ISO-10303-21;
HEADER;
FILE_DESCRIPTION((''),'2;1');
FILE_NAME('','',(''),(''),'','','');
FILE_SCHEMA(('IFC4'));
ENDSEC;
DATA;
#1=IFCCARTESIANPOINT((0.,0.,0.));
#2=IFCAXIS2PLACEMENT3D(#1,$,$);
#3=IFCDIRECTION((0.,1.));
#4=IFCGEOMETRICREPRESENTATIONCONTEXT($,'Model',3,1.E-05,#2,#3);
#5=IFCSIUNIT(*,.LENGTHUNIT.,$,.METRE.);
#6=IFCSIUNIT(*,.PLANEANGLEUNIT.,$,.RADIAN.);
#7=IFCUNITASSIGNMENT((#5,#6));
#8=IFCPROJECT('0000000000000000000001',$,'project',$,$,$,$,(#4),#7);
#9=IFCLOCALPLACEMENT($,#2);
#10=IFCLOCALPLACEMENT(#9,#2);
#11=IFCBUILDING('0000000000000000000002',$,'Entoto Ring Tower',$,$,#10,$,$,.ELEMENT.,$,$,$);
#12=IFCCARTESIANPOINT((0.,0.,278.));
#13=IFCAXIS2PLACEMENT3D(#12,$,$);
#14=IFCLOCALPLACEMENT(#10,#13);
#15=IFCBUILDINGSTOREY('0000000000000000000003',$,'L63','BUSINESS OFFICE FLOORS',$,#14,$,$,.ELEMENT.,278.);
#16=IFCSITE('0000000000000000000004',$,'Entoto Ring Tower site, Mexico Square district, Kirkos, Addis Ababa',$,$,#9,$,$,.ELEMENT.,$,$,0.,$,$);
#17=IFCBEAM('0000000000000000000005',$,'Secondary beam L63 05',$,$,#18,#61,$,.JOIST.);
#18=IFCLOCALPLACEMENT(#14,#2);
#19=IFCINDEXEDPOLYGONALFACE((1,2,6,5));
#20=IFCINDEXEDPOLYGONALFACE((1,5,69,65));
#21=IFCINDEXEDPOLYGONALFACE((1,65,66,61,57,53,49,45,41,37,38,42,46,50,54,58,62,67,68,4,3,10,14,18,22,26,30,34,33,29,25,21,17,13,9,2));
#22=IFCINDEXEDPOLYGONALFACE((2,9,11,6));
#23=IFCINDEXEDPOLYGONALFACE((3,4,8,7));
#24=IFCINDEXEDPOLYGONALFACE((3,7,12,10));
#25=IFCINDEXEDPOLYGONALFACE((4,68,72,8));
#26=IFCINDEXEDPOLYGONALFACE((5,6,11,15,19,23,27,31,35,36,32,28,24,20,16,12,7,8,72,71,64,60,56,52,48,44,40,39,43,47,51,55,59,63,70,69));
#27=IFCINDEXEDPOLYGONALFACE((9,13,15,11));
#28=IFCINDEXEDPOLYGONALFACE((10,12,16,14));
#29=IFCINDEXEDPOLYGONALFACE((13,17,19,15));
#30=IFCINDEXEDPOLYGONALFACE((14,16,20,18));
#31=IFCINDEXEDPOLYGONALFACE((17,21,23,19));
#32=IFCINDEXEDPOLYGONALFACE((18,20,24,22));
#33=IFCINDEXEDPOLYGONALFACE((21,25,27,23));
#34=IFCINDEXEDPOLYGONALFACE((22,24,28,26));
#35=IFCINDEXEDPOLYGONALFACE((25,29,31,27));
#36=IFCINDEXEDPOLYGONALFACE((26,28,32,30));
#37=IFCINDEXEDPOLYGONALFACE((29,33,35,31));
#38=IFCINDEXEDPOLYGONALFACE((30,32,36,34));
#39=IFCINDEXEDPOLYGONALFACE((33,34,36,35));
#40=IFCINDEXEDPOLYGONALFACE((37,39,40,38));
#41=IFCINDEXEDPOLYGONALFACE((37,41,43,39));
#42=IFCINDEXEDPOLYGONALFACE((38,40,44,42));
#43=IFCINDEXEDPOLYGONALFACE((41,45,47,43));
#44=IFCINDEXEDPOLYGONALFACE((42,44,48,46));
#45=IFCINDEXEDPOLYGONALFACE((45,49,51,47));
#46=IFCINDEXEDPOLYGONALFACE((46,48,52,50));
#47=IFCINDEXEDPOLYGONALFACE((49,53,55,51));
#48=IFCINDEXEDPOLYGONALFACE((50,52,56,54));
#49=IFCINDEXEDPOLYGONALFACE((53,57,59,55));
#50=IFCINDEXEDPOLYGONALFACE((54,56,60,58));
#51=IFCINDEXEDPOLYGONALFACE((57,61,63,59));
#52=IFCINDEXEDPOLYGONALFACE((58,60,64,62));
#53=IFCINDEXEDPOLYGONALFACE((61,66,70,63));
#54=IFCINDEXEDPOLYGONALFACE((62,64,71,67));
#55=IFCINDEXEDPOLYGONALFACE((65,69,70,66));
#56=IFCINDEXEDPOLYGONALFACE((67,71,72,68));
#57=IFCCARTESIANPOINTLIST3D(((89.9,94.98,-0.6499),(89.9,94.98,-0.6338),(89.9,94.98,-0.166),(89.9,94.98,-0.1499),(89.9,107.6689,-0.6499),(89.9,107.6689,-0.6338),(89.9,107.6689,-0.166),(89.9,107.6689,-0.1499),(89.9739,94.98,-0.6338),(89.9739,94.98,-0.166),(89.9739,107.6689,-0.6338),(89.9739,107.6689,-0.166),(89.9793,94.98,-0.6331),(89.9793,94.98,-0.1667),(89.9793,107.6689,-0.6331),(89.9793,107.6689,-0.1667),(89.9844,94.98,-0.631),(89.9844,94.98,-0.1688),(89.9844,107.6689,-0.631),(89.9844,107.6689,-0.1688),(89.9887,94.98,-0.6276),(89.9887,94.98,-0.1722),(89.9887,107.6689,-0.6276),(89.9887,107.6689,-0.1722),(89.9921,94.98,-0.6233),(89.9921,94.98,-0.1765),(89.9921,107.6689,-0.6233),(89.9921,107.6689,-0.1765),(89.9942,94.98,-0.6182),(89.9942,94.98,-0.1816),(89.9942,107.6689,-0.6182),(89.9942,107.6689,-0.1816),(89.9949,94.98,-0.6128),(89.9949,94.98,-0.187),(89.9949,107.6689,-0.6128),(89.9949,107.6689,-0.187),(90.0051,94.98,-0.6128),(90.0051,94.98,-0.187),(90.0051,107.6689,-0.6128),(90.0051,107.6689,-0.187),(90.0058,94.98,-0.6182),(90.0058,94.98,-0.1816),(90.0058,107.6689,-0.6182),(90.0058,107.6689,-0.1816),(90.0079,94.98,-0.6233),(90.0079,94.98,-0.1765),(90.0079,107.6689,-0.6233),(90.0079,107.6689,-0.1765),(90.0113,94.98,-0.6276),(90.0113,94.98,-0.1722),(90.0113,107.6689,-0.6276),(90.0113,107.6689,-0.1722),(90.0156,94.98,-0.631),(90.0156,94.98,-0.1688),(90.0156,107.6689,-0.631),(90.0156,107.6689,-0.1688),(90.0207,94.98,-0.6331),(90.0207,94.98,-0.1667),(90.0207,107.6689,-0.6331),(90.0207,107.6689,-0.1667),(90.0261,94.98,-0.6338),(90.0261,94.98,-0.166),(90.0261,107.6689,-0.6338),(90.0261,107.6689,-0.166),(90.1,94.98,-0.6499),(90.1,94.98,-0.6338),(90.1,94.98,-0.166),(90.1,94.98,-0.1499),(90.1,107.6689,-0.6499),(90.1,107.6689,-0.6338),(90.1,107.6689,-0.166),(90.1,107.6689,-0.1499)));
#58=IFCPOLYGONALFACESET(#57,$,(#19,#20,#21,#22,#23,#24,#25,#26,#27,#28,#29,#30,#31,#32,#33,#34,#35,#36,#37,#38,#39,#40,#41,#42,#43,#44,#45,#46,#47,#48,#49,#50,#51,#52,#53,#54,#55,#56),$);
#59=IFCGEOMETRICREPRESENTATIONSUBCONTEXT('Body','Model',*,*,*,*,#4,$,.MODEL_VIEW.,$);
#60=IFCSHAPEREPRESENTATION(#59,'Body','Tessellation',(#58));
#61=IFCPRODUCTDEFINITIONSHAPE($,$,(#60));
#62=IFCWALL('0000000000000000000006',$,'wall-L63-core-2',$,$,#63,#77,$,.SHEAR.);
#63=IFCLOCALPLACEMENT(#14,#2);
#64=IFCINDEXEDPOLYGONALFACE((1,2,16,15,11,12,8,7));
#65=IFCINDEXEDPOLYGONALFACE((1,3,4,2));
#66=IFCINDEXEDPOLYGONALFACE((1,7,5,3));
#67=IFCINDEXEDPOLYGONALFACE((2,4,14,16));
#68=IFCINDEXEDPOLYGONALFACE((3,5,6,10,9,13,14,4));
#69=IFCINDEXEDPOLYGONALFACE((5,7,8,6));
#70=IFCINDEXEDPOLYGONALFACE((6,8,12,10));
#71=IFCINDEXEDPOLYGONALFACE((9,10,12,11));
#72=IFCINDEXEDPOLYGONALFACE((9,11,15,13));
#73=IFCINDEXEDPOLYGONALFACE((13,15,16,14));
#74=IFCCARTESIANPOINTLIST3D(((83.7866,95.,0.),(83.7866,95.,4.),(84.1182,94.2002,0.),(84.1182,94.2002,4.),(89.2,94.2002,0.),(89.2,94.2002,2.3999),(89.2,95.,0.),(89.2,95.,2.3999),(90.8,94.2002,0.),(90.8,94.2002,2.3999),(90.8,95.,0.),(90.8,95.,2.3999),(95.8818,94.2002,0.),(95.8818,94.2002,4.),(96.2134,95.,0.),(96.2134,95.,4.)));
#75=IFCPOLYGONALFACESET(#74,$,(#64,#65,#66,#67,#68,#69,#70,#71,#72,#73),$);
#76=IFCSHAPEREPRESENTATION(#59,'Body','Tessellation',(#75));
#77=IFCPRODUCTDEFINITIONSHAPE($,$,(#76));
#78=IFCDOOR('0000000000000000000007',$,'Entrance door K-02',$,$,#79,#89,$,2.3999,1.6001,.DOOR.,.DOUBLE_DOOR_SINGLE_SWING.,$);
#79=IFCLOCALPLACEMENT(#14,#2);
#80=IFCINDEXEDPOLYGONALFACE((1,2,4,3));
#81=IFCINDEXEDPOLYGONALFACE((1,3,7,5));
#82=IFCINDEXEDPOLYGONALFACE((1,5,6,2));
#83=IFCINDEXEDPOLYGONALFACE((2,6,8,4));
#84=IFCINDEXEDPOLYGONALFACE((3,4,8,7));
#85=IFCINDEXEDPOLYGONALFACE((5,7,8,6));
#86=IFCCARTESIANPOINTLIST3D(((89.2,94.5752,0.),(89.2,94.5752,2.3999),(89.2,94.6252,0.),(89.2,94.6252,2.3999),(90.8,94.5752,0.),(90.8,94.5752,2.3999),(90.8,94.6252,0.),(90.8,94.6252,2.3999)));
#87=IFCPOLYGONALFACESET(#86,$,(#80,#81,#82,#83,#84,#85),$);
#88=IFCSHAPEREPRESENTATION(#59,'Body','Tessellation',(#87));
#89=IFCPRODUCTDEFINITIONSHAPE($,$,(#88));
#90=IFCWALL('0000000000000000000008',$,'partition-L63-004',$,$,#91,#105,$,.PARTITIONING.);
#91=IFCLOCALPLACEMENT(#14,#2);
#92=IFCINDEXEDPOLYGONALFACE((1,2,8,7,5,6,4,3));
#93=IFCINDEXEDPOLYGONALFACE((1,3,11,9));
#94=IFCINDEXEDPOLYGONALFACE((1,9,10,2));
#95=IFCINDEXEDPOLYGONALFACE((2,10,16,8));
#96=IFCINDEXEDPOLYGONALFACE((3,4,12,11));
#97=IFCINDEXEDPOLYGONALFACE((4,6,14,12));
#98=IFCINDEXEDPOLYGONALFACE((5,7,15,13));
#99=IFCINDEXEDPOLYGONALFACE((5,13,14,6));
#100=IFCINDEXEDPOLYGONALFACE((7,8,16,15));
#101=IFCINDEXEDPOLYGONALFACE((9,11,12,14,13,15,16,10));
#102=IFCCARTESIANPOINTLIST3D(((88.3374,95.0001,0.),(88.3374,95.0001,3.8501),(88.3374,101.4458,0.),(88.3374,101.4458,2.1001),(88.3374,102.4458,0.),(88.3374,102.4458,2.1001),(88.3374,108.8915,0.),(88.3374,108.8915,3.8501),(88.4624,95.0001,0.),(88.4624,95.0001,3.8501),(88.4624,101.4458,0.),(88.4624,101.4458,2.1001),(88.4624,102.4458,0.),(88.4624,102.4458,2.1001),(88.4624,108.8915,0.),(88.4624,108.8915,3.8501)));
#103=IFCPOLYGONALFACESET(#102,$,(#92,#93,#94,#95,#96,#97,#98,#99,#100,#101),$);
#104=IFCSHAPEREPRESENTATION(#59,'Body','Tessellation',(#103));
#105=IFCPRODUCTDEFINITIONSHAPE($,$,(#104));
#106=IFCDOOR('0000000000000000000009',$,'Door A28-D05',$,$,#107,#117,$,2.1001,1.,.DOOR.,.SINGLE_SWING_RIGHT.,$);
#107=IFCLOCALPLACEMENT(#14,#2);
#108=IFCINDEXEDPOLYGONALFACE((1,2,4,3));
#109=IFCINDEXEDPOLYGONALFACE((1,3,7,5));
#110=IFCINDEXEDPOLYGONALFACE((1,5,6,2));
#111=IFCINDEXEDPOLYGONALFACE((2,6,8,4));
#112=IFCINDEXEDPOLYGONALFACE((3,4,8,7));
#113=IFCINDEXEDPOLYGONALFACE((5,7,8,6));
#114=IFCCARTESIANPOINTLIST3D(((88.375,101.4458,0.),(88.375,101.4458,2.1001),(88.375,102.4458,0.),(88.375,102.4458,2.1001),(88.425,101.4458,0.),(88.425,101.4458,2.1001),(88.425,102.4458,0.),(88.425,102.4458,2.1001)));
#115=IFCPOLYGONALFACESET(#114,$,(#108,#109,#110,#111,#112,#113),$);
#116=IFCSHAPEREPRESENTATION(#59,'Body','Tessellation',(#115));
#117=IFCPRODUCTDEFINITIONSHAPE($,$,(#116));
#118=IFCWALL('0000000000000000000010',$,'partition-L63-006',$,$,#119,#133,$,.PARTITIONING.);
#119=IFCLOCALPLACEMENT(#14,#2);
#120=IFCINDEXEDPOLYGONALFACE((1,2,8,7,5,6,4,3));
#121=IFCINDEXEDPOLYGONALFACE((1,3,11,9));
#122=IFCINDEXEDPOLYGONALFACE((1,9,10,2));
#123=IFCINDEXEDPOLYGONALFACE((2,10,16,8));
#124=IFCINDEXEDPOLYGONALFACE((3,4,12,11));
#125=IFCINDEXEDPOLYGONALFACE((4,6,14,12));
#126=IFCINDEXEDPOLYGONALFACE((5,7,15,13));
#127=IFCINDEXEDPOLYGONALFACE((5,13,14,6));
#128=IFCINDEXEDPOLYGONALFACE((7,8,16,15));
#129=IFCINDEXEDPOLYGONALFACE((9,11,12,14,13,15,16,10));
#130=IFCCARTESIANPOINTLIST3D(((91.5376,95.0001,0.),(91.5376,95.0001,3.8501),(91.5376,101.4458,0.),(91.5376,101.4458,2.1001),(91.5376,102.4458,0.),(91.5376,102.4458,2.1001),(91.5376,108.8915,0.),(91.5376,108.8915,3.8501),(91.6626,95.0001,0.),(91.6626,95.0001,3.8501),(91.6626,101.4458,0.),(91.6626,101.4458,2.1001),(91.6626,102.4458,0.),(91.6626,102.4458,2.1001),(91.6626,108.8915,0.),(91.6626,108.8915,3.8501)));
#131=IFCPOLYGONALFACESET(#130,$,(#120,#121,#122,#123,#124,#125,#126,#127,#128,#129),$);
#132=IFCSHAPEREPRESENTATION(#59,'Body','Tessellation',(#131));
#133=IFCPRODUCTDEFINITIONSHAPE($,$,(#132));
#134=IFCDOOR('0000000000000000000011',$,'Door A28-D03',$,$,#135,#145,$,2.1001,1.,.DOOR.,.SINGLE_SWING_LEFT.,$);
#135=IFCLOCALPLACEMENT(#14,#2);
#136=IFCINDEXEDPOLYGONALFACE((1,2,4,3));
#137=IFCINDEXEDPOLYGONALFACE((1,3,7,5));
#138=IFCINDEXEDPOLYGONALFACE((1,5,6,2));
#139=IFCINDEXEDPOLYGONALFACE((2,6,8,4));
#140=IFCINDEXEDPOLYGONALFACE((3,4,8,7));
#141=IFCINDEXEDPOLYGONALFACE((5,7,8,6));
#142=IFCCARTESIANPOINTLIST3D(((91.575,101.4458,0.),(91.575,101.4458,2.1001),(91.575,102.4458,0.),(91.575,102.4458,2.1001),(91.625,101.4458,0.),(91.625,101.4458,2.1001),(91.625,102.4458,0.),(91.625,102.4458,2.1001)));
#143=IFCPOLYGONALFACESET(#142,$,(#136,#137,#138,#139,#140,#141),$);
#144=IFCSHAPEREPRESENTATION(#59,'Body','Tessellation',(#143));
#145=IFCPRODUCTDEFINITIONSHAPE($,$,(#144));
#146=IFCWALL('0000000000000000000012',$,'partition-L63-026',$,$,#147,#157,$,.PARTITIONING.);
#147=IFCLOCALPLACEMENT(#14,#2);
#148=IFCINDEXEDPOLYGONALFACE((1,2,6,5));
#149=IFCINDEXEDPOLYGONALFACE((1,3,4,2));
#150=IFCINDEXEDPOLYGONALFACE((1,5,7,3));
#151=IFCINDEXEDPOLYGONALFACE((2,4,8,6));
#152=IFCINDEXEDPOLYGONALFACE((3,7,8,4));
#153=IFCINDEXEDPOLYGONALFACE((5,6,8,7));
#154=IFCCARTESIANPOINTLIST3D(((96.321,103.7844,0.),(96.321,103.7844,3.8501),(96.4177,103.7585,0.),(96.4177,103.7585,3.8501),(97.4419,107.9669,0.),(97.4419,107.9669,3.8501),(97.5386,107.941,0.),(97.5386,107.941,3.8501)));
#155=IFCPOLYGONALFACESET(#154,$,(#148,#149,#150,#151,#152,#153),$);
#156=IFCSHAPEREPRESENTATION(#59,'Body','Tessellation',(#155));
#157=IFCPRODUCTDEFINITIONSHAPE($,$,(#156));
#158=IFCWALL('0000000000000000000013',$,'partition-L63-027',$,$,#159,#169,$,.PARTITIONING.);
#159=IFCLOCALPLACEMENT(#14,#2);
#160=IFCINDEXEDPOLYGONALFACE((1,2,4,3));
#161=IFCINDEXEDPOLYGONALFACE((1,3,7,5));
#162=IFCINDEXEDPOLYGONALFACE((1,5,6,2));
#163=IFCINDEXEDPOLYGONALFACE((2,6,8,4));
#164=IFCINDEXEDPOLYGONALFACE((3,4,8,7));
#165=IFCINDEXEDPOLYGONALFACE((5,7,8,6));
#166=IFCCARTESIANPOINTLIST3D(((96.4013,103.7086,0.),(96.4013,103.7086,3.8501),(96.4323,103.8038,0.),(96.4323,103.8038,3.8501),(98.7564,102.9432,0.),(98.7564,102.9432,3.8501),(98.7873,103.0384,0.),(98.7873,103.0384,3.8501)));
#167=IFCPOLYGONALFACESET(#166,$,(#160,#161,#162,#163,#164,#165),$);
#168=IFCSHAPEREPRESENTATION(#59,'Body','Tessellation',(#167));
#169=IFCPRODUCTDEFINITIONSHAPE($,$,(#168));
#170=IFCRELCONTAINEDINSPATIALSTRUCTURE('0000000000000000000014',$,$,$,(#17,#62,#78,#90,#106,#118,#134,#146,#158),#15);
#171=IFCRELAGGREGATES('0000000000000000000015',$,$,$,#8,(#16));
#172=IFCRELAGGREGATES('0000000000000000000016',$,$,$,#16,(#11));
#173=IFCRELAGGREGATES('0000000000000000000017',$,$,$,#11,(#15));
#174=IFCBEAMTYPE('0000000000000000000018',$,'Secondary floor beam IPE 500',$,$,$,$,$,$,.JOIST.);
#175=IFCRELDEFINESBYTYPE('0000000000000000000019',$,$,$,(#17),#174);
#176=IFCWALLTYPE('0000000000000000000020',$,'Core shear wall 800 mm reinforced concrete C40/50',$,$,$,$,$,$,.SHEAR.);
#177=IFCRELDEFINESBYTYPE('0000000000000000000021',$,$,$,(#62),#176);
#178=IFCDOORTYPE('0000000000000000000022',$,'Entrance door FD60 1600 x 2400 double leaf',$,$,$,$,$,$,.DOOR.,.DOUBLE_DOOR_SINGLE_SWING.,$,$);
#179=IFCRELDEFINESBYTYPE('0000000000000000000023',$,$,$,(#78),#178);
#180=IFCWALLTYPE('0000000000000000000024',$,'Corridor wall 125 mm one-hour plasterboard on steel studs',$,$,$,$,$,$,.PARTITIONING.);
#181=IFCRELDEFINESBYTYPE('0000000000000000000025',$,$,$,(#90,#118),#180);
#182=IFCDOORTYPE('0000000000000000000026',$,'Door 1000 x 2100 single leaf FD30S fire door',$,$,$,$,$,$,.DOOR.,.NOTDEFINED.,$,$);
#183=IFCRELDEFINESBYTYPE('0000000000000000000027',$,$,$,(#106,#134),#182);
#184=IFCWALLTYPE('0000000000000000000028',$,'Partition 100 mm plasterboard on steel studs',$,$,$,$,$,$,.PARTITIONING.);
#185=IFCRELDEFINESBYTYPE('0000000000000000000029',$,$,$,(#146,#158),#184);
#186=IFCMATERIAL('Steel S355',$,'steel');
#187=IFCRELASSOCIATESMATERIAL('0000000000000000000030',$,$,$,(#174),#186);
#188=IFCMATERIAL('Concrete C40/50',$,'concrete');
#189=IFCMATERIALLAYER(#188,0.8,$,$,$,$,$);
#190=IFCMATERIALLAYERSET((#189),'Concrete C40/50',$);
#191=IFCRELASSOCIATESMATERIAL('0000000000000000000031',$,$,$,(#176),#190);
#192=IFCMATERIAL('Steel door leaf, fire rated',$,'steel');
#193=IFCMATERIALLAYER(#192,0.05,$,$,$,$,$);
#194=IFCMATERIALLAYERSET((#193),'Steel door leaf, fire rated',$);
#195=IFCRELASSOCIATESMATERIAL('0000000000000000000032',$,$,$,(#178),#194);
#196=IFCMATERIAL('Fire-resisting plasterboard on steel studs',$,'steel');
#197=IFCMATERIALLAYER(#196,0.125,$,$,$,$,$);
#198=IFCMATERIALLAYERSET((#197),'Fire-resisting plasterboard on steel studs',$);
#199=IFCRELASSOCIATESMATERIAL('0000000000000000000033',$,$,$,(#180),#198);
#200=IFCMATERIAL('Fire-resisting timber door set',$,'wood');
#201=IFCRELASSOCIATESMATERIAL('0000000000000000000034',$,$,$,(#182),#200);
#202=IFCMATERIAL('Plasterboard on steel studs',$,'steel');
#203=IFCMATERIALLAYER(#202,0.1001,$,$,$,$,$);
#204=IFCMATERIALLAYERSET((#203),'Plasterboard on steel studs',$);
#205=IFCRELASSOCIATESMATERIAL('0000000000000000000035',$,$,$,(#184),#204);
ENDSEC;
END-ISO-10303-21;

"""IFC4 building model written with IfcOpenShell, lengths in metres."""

from ifc_helpers import new_model, si_unit, direction, frame, frame_2d, origin, origin_2d, place, context, subcontext, project, spatial, polyline, rectangle, i_section, outline, extrude, material, layer, layer_set, material_profile, profile_set, type_object, element, fill, save


model = new_model("IFC4")

# Units and contexts
model_context = context("Model", 3, precision=1e-05, world=origin(), true_north=direction((0.0, 1.0)))
body_context = subcontext(model_context, "Body", "Model", "MODEL_VIEW")
ifc_project = project(units=[si_unit("LENGTHUNIT", "METRE"), si_unit("PLANEANGLEUNIT", "RADIAN")], contexts=[model_context])

# Site, building, storey
site_placement = place(None, origin())
site = spatial("IfcSite", under=ifc_project, at=site_placement, Name="Entoto Ring Tower site, Mexico Square district, Kirkos, Addis Ababa", CompositionType="ELEMENT", RefElevation=0.0)
building_placement = place(site_placement, origin())
building = spatial("IfcBuilding", under=site, at=building_placement, Name="Entoto Ring Tower", CompositionType="ELEMENT")
storey_placement = place(building_placement, frame((0.0, 0.0, 278.0)))
storey = spatial("IfcBuildingStorey", under=building, at=storey_placement, Name="L63", Description="BUSINESS OFFICE FLOORS", CompositionType="ELEMENT", Elevation=278.0)

# Beam
ifc_material_1 = material(Name="Steel S355", Category="steel")
ifc_material_profile_1 = material_profile(ifc_material_1, i_section(OverallWidth=0.2, OverallDepth=0.5, WebThickness=0.0103, FlangeThickness=0.0161, FilletRadius=0.021, at=origin_2d()), Name="IPE 500")
ifc_profile_set_1 = profile_set([ifc_material_profile_1], Name="Steel S355")
beam_type_1 = type_object("IfcBeamType", Name="Secondary floor beam IPE 500", PredefinedType="JOIST", material=ifc_profile_set_1)
beam_1_placement = place(storey_placement, frame((90.0, 94.98, -0.3999), z_axis=(0.0, 1.0, 0.0), x_axis=(-1.0, 0.0, 0.0)))
element("IfcBeam", 1, at=beam_1_placement, inside=storey, type_object=beam_type_1, Name="Secondary beam L63 05", PredefinedType="JOIST", context=body_context, shape_type="SweptSolid", body=[
    extrude(i_section(OverallWidth=0.2, OverallDepth=0.5, WebThickness=0.0103, FlangeThickness=0.0161, FilletRadius=0.021, at=origin_2d()), origin(), (0.0, 0.0, 1.0), 12.689),
])

# Walls, openings, doors
ifc_material_2 = material(Name="Concrete C40/50", Category="concrete")
ifc_layer_1 = layer(ifc_material_2, 0.8)
ifc_layer_set_1 = layer_set([ifc_layer_1], Name="Concrete C40/50")
wall_type_1 = type_object("IfcWallType", Name="Core shear wall 800 mm reinforced concrete C40/50", PredefinedType="SHEAR", material=ifc_layer_set_1)
wall_1_placement = place(storey_placement, frame((96.0476, 94.6001, 0.0), z_axis=(0.0, 0.0, 1.0), x_axis=(-1.0, 0.0, 0.0)))
wall_1 = element("IfcWall", 2, at=wall_1_placement, inside=storey, type_object=wall_type_1, Name="wall-L63-core-2", PredefinedType="SHEAR", context=body_context, shape_type="SweptSolid", body=[
    extrude(outline(polyline([(-0.1658, -0.3999), (12.261, -0.3999), (11.9294, 0.3999), (0.1658, 0.3999), (-0.1658, -0.3999)])), origin(), (0.0, 0.0, 1.0), 4.0),
])
opening_1_placement = place(wall_1_placement, frame((5.2476, 0.0, 0.0)))
opening_1 = element("IfcOpeningElement", 3, at=opening_1_placement, cuts=wall_1, PredefinedType="OPENING", context=body_context, shape_type="SweptSolid", body=[
    extrude(rectangle(XDim=1.6001, YDim=2.3999, at=frame_2d((0.8, 1.2))), frame((0.0, 0.4102, 0.0), z_axis=(0.0, -1.0, 0.0), x_axis=(1.0, 0.0, 0.0)), (0.0, 0.0, 1.0), 0.8201),
])
ifc_material_3 = material(Name="Steel door leaf, fire rated", Category="steel")
ifc_layer_2 = layer(ifc_material_3, 0.05)
ifc_layer_set_2 = layer_set([ifc_layer_2], Name="Steel door leaf, fire rated")
door_type_1 = type_object("IfcDoorType", Name="Entrance door FD60 1600 x 2400 double leaf", OperationType="DOUBLE_DOOR_SINGLE_SWING", PredefinedType="DOOR", material=ifc_layer_set_2)
door_1_placement = place(opening_1_placement, origin())
door_1 = element("IfcDoor", 4, at=door_1_placement, inside=storey, type_object=door_type_1, Name="Entrance door K-02", OperationType="DOUBLE_DOOR_SINGLE_SWING", OverallHeight=2.3999, OverallWidth=1.6001, PredefinedType="DOOR", context=body_context, shape_type="SweptSolid", body=[
    extrude(rectangle(XDim=1.6001, YDim=2.3999, at=frame_2d((0.8, 1.2))), frame((0.0, 0.0249, 0.0), z_axis=(0.0, -1.0, 0.0), x_axis=(1.0, 0.0, 0.0)), (0.0, 0.0, 1.0), 0.05),
])
fill(opening_1, door_1)
ifc_material_4 = material(Name="Fire-resisting plasterboard on steel studs", Category="steel")
ifc_layer_3 = layer(ifc_material_4, 0.125)
ifc_layer_set_3 = layer_set([ifc_layer_3], Name="Fire-resisting plasterboard on steel studs")
wall_type_2 = type_object("IfcWallType", Name="Corridor wall 125 mm one-hour plasterboard on steel studs", PredefinedType="PARTITIONING", material=ifc_layer_set_3)
wall_2_placement = place(storey_placement, frame((88.3999, 95.0, 0.0), z_axis=(0.0, 0.0, 1.0), x_axis=(0.0, 1.0, 0.0)))
wall_2 = element("IfcWall", 5, at=wall_2_placement, inside=storey, type_object=wall_type_2, Name="partition-L63-004", PredefinedType="PARTITIONING", context=body_context, shape_type="SweptSolid", body=[
    extrude(rectangle(XDim=13.8914, YDim=0.125, at=frame_2d((6.9458, 0.0))), origin(), (0.0, 0.0, 1.0), 3.8501),
])
opening_2_placement = place(wall_2_placement, frame((6.4458, 0.0, 0.0)))
opening_2 = element("IfcOpeningElement", 6, at=opening_2_placement, cuts=wall_2, PredefinedType="OPENING", context=body_context, shape_type="SweptSolid", body=[
    extrude(rectangle(XDim=1.0, YDim=2.1001, at=frame_2d((0.5, 1.05))), frame((0.0, 0.0725, 0.0), z_axis=(0.0, -1.0, 0.0), x_axis=(1.0, 0.0, 0.0)), (0.0, 0.0, 1.0), 0.145),
])
ifc_material_5 = material(Name="Fire-resisting timber door set", Category="wood")
door_type_2 = type_object("IfcDoorType", Name="Door 1000 x 2100 single leaf FD30S fire door", OperationType="NOTDEFINED", PredefinedType="DOOR", material=ifc_material_5)
door_2_placement = place(opening_2_placement, origin())
door_2 = element("IfcDoor", 7, at=door_2_placement, inside=storey, type_object=door_type_2, Name="Door A28-D05", OperationType="SINGLE_SWING_RIGHT", OverallHeight=2.1001, OverallWidth=1.0, PredefinedType="DOOR", context=body_context, shape_type="SweptSolid", body=[
    extrude(rectangle(XDim=1.0, YDim=2.1001, at=frame_2d((0.5, 1.05))), frame((0.0, 0.0249, 0.0), z_axis=(0.0, -1.0, 0.0), x_axis=(1.0, 0.0, 0.0)), (0.0, 0.0, 1.0), 0.05),
])
fill(opening_2, door_2)
wall_3_placement = place(storey_placement, frame((91.6001, 95.0, 0.0), z_axis=(0.0, 0.0, 1.0), x_axis=(0.0, 1.0, 0.0)))
wall_3 = element("IfcWall", 8, at=wall_3_placement, inside=storey, type_object=wall_type_2, Name="partition-L63-006", PredefinedType="PARTITIONING", context=body_context, shape_type="SweptSolid", body=[
    extrude(rectangle(XDim=13.8914, YDim=0.125, at=frame_2d((6.9458, 0.0))), origin(), (0.0, 0.0, 1.0), 3.8501),
])
opening_3_placement = place(wall_3_placement, frame((6.4458, 0.0, 0.0)))
opening_3 = element("IfcOpeningElement", 9, at=opening_3_placement, cuts=wall_3, PredefinedType="OPENING", context=body_context, shape_type="SweptSolid", body=[
    extrude(rectangle(XDim=1.0, YDim=2.1001, at=frame_2d((0.5, 1.05))), frame((0.0, 0.0725, 0.0), z_axis=(0.0, -1.0, 0.0), x_axis=(1.0, 0.0, 0.0)), (0.0, 0.0, 1.0), 0.145),
])
door_3_placement = place(opening_3_placement, frame((1.0, 0.0, 0.0), z_axis=(0.0, 0.0, 1.0), x_axis=(-1.0, 0.0, 0.0)))
door_3 = element("IfcDoor", 10, at=door_3_placement, inside=storey, type_object=door_type_2, Name="Door A28-D03", OperationType="SINGLE_SWING_LEFT", OverallHeight=2.1001, OverallWidth=1.0, PredefinedType="DOOR", context=body_context, shape_type="SweptSolid", body=[
    extrude(rectangle(XDim=1.0, YDim=2.1001, at=frame_2d((0.5, 1.05))), frame((0.0, 0.0249, 0.0), z_axis=(0.0, -1.0, 0.0), x_axis=(1.0, 0.0, 0.0)), (0.0, 0.0, 1.0), 0.05),
])
fill(opening_3, door_3)

# Walls
ifc_material_6 = material(Name="Plasterboard on steel studs", Category="steel")
ifc_layer_4 = layer(ifc_material_6, 0.1001)
ifc_layer_set_4 = layer_set([ifc_layer_4], Name="Plasterboard on steel studs")
wall_type_3 = type_object("IfcWallType", Name="Partition 100 mm plasterboard on steel studs", PredefinedType="PARTITIONING", material=ifc_layer_set_4)
wall_4_placement = place(storey_placement, frame((96.3694, 103.7715, 0.0), z_axis=(0.0, 0.0, 1.0), x_axis=(0.258859, 0.965915, 0.0)))
element("IfcWall", 11, at=wall_4_placement, inside=storey, type_object=wall_type_3, Name="partition-L63-026", PredefinedType="PARTITIONING", context=body_context, shape_type="SweptSolid", body=[
    extrude(rectangle(XDim=4.3301, YDim=0.1001, at=frame_2d((2.165, 0.0))), origin(), (0.0, 0.0, 1.0), 3.8501),
])
wall_5_placement = place(storey_placement, frame((98.772, 102.9907, 0.0), z_axis=(0.0, 0.0, 1.0), x_axis=(-0.951033, 0.309091, 0.0)))
element("IfcWall", 12, at=wall_5_placement, inside=storey, type_object=wall_type_3, Name="partition-L63-027", PredefinedType="PARTITIONING", context=body_context, shape_type="SweptSolid", body=[
    extrude(rectangle(XDim=2.4763, YDim=0.1001, at=frame_2d((1.2383, 0.0))), origin(), (0.0, 0.0, 1.0), 3.8501),
])

save(model, "model.ifc")
